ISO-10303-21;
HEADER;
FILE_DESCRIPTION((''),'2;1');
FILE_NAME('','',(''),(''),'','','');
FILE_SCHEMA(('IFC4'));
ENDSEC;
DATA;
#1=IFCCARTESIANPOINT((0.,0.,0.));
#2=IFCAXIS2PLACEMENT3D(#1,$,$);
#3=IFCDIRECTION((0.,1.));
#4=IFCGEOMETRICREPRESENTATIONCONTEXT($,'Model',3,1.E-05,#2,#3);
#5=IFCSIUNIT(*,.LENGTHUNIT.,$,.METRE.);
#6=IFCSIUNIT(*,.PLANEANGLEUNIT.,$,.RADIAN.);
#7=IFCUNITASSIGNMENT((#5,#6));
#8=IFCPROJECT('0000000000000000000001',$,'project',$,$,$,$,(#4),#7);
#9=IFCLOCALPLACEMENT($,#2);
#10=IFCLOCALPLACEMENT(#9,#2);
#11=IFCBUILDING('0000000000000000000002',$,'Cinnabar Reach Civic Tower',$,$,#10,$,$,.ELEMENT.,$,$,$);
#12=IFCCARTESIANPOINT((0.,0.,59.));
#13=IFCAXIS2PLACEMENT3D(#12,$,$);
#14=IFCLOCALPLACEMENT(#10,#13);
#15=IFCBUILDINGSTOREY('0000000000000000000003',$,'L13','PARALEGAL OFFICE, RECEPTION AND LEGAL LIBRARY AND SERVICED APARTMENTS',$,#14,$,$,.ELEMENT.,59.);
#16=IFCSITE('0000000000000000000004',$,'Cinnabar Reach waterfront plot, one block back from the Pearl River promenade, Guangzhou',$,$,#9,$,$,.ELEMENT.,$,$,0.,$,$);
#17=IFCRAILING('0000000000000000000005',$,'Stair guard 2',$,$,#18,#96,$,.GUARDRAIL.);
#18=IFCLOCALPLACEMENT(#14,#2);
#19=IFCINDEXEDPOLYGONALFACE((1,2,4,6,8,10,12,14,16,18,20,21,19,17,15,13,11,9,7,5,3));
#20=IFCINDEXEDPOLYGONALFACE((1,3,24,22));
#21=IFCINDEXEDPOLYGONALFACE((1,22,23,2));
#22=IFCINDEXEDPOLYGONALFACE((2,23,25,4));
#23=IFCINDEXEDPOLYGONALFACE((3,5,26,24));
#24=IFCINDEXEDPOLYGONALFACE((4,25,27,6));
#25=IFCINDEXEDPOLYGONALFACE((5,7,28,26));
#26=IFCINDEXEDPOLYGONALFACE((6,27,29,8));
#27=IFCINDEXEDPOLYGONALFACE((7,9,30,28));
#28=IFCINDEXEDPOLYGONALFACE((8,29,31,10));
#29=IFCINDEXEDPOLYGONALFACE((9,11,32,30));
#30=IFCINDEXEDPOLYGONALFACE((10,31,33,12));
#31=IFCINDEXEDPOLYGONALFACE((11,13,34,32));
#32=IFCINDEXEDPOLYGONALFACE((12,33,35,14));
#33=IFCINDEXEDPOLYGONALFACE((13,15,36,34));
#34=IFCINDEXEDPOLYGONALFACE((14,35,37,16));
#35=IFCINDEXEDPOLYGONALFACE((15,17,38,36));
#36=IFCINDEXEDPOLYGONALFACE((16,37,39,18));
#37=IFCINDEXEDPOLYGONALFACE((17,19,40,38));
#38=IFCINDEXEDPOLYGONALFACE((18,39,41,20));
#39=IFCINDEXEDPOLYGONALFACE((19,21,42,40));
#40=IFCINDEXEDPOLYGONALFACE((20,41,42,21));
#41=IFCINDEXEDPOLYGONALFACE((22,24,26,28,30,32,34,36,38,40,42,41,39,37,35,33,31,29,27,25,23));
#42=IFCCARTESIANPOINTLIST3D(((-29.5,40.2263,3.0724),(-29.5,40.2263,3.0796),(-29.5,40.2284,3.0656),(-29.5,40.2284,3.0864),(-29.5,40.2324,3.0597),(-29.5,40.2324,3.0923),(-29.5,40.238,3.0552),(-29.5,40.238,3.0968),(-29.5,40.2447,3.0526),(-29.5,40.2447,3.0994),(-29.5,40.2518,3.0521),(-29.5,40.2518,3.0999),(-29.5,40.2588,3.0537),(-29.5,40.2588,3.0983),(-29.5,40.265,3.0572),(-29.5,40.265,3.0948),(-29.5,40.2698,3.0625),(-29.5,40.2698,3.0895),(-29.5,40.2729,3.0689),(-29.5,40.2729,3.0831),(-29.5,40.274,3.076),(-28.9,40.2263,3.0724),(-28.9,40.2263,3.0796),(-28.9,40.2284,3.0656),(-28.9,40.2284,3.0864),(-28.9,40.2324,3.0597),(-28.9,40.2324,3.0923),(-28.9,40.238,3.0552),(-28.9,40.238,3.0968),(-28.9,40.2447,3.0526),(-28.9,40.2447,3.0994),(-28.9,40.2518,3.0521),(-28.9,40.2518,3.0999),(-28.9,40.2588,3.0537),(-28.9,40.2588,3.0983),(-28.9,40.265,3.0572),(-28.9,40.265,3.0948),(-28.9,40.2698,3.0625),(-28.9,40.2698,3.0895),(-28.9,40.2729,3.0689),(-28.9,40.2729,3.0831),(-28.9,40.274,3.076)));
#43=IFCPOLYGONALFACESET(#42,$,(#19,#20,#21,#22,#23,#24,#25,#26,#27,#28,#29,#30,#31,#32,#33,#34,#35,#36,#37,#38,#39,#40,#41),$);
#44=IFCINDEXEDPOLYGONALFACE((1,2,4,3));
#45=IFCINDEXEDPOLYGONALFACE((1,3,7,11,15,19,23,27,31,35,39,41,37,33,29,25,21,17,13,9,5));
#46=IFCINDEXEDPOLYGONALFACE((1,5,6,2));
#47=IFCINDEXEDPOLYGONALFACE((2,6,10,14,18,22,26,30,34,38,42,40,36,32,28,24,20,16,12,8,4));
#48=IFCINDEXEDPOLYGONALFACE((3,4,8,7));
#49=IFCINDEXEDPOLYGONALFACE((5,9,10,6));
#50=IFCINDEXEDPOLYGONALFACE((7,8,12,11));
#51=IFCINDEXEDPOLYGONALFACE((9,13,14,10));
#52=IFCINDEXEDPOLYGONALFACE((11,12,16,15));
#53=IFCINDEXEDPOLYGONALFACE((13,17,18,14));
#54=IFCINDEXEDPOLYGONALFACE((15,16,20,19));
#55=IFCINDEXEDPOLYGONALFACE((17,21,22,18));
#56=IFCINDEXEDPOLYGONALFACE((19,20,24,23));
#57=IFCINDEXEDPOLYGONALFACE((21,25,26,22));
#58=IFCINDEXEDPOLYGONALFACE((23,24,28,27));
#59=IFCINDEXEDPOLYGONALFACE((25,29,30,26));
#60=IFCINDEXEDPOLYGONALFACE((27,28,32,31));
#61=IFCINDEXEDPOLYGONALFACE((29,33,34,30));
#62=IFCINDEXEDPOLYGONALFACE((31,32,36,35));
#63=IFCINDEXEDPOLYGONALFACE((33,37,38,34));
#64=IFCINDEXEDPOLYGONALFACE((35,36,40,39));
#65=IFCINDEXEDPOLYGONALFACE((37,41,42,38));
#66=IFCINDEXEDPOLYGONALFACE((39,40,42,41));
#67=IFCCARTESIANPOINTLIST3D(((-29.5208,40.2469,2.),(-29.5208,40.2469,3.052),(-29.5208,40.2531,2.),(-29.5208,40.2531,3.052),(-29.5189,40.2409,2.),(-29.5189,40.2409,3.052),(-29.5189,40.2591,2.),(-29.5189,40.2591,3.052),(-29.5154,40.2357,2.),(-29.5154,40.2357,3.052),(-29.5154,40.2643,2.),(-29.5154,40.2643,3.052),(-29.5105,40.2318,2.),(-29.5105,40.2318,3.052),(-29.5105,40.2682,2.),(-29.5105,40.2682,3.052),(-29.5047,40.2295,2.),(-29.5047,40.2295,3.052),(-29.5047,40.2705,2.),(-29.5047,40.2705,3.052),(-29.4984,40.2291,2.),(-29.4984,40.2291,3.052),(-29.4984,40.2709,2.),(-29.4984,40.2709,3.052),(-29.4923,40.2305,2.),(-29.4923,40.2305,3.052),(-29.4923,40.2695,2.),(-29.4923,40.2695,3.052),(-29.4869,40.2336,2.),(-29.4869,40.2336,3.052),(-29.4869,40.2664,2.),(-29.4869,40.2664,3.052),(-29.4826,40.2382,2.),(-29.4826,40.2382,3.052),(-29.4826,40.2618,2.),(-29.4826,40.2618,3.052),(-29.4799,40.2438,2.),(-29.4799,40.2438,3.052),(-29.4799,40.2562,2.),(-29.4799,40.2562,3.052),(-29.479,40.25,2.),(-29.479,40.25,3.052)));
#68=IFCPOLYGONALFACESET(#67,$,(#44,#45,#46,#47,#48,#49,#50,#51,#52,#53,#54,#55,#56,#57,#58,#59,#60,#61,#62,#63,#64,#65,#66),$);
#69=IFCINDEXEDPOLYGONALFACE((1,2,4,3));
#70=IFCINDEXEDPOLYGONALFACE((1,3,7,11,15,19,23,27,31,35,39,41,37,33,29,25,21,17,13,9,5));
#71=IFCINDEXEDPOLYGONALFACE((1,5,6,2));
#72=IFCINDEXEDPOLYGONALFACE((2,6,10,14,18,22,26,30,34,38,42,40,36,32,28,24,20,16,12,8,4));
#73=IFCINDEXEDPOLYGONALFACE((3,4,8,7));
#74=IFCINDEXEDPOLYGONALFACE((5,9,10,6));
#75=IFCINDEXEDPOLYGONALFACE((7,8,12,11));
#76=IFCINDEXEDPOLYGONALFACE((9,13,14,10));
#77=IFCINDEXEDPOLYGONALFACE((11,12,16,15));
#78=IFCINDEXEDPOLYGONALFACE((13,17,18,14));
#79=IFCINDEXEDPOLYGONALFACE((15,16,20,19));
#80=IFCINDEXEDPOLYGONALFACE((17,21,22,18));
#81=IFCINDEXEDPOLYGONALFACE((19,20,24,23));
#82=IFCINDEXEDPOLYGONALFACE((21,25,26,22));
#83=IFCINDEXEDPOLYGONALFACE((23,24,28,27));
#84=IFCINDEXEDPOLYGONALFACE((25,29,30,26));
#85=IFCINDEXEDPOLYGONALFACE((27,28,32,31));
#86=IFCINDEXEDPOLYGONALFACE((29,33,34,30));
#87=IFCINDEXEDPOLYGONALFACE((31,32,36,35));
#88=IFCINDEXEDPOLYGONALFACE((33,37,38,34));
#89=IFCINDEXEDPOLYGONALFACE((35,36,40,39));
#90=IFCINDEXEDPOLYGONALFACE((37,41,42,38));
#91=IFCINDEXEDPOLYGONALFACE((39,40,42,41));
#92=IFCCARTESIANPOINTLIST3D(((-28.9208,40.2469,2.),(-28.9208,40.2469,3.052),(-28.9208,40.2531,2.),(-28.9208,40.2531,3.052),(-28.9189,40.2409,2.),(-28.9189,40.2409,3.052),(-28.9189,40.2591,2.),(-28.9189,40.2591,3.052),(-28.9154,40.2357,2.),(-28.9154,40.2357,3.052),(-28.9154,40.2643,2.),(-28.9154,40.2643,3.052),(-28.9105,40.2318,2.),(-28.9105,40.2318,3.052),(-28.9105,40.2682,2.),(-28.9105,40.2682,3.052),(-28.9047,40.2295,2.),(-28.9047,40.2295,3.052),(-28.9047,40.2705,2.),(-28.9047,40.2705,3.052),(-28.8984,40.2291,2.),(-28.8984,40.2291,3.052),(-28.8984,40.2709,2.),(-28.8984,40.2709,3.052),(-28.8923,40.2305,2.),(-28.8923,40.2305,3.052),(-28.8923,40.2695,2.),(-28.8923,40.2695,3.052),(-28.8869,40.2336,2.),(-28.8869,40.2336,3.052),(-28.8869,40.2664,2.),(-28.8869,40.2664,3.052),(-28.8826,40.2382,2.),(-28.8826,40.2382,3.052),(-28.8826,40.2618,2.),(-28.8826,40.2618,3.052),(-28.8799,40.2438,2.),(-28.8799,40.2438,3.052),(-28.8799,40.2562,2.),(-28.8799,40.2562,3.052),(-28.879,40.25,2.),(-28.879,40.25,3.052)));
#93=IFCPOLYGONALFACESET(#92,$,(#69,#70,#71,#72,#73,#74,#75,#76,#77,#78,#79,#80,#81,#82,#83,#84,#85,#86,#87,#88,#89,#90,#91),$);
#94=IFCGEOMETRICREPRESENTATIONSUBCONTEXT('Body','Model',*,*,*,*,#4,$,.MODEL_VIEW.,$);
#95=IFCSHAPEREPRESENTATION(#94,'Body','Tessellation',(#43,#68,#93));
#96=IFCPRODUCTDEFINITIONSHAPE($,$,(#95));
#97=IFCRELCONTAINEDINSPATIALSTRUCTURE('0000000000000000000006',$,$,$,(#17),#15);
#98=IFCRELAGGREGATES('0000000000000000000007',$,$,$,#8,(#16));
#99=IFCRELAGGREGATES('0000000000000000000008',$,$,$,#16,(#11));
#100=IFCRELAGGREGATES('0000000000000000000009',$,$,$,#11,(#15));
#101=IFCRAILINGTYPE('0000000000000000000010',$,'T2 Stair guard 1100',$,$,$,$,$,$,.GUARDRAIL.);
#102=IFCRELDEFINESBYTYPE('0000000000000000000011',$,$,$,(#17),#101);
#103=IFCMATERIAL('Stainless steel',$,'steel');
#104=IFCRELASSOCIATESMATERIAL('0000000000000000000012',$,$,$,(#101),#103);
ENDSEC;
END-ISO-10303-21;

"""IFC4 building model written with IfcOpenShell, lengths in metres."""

from ifc_helpers import new_model, si_unit, direction, frame, origin, origin_2d, place, context, subcontext, project, spatial, circle, extrude, material, type_object, element, save


model = new_model("IFC4")

# Units and contexts
model_context = context("Model", 3, precision=1e-05, world=origin(), true_north=direction((0.0, 1.0)))
body_context = subcontext(model_context, "Body", "Model", "MODEL_VIEW")
ifc_project = project(units=[si_unit("LENGTHUNIT", "METRE"), si_unit("PLANEANGLEUNIT", "RADIAN")], contexts=[model_context])

# Site, building, storey
site_placement = place(None, origin())
site = spatial("IfcSite", under=ifc_project, at=site_placement, Name="Cinnabar Reach waterfront plot, one block back from the Pearl River promenade, Guangzhou", CompositionType="ELEMENT", RefElevation=0.0)
building_placement = place(site_placement, origin())
building = spatial("IfcBuilding", under=site, at=building_placement, Name="Cinnabar Reach Civic Tower", CompositionType="ELEMENT")
storey_placement = place(building_placement, frame((0.0, 0.0, 59.0)))
storey = spatial("IfcBuildingStorey", under=building, at=storey_placement, Name="L13", Description="PARALEGAL OFFICE, RECEPTION AND LEGAL LIBRARY AND SERVICED APARTMENTS", CompositionType="ELEMENT", Elevation=59.0)

# Railing
ifc_material_1 = material(Name="Stainless steel", Category="steel")
railing_type = type_object("IfcRailingType", Name="T2 Stair guard 1100", PredefinedType="GUARDRAIL", material=ifc_material_1)
for number, where, name in (
    (1, (-29.5, 40.25, 2.0), "Stair guard 2"),
):
    element("IfcRailing", number, at=place(storey_placement, frame(where)), inside=storey, type_object=railing_type, Name=name, PredefinedType="GUARDRAIL", context=body_context, shape_type="SweptSolid", body=[
        extrude(circle(Radius=0.024, at=origin_2d()), frame((0.0, 0.0, 1.076), z_axis=(1.0, 0.0, 0.0), x_axis=(0.0, 1.0, 0.0)), (0.0, 0.0, 1.0), 0.6),
        extrude(circle(Radius=0.021, at=origin_2d()), origin(), (0.0, 0.0, 1.0), 1.052),
        extrude(circle(Radius=0.021, at=origin_2d()), frame((0.6, 0.0, 0.0)), (0.0, 0.0, 1.0), 1.052),
    ])

save(model, "model.ifc")
